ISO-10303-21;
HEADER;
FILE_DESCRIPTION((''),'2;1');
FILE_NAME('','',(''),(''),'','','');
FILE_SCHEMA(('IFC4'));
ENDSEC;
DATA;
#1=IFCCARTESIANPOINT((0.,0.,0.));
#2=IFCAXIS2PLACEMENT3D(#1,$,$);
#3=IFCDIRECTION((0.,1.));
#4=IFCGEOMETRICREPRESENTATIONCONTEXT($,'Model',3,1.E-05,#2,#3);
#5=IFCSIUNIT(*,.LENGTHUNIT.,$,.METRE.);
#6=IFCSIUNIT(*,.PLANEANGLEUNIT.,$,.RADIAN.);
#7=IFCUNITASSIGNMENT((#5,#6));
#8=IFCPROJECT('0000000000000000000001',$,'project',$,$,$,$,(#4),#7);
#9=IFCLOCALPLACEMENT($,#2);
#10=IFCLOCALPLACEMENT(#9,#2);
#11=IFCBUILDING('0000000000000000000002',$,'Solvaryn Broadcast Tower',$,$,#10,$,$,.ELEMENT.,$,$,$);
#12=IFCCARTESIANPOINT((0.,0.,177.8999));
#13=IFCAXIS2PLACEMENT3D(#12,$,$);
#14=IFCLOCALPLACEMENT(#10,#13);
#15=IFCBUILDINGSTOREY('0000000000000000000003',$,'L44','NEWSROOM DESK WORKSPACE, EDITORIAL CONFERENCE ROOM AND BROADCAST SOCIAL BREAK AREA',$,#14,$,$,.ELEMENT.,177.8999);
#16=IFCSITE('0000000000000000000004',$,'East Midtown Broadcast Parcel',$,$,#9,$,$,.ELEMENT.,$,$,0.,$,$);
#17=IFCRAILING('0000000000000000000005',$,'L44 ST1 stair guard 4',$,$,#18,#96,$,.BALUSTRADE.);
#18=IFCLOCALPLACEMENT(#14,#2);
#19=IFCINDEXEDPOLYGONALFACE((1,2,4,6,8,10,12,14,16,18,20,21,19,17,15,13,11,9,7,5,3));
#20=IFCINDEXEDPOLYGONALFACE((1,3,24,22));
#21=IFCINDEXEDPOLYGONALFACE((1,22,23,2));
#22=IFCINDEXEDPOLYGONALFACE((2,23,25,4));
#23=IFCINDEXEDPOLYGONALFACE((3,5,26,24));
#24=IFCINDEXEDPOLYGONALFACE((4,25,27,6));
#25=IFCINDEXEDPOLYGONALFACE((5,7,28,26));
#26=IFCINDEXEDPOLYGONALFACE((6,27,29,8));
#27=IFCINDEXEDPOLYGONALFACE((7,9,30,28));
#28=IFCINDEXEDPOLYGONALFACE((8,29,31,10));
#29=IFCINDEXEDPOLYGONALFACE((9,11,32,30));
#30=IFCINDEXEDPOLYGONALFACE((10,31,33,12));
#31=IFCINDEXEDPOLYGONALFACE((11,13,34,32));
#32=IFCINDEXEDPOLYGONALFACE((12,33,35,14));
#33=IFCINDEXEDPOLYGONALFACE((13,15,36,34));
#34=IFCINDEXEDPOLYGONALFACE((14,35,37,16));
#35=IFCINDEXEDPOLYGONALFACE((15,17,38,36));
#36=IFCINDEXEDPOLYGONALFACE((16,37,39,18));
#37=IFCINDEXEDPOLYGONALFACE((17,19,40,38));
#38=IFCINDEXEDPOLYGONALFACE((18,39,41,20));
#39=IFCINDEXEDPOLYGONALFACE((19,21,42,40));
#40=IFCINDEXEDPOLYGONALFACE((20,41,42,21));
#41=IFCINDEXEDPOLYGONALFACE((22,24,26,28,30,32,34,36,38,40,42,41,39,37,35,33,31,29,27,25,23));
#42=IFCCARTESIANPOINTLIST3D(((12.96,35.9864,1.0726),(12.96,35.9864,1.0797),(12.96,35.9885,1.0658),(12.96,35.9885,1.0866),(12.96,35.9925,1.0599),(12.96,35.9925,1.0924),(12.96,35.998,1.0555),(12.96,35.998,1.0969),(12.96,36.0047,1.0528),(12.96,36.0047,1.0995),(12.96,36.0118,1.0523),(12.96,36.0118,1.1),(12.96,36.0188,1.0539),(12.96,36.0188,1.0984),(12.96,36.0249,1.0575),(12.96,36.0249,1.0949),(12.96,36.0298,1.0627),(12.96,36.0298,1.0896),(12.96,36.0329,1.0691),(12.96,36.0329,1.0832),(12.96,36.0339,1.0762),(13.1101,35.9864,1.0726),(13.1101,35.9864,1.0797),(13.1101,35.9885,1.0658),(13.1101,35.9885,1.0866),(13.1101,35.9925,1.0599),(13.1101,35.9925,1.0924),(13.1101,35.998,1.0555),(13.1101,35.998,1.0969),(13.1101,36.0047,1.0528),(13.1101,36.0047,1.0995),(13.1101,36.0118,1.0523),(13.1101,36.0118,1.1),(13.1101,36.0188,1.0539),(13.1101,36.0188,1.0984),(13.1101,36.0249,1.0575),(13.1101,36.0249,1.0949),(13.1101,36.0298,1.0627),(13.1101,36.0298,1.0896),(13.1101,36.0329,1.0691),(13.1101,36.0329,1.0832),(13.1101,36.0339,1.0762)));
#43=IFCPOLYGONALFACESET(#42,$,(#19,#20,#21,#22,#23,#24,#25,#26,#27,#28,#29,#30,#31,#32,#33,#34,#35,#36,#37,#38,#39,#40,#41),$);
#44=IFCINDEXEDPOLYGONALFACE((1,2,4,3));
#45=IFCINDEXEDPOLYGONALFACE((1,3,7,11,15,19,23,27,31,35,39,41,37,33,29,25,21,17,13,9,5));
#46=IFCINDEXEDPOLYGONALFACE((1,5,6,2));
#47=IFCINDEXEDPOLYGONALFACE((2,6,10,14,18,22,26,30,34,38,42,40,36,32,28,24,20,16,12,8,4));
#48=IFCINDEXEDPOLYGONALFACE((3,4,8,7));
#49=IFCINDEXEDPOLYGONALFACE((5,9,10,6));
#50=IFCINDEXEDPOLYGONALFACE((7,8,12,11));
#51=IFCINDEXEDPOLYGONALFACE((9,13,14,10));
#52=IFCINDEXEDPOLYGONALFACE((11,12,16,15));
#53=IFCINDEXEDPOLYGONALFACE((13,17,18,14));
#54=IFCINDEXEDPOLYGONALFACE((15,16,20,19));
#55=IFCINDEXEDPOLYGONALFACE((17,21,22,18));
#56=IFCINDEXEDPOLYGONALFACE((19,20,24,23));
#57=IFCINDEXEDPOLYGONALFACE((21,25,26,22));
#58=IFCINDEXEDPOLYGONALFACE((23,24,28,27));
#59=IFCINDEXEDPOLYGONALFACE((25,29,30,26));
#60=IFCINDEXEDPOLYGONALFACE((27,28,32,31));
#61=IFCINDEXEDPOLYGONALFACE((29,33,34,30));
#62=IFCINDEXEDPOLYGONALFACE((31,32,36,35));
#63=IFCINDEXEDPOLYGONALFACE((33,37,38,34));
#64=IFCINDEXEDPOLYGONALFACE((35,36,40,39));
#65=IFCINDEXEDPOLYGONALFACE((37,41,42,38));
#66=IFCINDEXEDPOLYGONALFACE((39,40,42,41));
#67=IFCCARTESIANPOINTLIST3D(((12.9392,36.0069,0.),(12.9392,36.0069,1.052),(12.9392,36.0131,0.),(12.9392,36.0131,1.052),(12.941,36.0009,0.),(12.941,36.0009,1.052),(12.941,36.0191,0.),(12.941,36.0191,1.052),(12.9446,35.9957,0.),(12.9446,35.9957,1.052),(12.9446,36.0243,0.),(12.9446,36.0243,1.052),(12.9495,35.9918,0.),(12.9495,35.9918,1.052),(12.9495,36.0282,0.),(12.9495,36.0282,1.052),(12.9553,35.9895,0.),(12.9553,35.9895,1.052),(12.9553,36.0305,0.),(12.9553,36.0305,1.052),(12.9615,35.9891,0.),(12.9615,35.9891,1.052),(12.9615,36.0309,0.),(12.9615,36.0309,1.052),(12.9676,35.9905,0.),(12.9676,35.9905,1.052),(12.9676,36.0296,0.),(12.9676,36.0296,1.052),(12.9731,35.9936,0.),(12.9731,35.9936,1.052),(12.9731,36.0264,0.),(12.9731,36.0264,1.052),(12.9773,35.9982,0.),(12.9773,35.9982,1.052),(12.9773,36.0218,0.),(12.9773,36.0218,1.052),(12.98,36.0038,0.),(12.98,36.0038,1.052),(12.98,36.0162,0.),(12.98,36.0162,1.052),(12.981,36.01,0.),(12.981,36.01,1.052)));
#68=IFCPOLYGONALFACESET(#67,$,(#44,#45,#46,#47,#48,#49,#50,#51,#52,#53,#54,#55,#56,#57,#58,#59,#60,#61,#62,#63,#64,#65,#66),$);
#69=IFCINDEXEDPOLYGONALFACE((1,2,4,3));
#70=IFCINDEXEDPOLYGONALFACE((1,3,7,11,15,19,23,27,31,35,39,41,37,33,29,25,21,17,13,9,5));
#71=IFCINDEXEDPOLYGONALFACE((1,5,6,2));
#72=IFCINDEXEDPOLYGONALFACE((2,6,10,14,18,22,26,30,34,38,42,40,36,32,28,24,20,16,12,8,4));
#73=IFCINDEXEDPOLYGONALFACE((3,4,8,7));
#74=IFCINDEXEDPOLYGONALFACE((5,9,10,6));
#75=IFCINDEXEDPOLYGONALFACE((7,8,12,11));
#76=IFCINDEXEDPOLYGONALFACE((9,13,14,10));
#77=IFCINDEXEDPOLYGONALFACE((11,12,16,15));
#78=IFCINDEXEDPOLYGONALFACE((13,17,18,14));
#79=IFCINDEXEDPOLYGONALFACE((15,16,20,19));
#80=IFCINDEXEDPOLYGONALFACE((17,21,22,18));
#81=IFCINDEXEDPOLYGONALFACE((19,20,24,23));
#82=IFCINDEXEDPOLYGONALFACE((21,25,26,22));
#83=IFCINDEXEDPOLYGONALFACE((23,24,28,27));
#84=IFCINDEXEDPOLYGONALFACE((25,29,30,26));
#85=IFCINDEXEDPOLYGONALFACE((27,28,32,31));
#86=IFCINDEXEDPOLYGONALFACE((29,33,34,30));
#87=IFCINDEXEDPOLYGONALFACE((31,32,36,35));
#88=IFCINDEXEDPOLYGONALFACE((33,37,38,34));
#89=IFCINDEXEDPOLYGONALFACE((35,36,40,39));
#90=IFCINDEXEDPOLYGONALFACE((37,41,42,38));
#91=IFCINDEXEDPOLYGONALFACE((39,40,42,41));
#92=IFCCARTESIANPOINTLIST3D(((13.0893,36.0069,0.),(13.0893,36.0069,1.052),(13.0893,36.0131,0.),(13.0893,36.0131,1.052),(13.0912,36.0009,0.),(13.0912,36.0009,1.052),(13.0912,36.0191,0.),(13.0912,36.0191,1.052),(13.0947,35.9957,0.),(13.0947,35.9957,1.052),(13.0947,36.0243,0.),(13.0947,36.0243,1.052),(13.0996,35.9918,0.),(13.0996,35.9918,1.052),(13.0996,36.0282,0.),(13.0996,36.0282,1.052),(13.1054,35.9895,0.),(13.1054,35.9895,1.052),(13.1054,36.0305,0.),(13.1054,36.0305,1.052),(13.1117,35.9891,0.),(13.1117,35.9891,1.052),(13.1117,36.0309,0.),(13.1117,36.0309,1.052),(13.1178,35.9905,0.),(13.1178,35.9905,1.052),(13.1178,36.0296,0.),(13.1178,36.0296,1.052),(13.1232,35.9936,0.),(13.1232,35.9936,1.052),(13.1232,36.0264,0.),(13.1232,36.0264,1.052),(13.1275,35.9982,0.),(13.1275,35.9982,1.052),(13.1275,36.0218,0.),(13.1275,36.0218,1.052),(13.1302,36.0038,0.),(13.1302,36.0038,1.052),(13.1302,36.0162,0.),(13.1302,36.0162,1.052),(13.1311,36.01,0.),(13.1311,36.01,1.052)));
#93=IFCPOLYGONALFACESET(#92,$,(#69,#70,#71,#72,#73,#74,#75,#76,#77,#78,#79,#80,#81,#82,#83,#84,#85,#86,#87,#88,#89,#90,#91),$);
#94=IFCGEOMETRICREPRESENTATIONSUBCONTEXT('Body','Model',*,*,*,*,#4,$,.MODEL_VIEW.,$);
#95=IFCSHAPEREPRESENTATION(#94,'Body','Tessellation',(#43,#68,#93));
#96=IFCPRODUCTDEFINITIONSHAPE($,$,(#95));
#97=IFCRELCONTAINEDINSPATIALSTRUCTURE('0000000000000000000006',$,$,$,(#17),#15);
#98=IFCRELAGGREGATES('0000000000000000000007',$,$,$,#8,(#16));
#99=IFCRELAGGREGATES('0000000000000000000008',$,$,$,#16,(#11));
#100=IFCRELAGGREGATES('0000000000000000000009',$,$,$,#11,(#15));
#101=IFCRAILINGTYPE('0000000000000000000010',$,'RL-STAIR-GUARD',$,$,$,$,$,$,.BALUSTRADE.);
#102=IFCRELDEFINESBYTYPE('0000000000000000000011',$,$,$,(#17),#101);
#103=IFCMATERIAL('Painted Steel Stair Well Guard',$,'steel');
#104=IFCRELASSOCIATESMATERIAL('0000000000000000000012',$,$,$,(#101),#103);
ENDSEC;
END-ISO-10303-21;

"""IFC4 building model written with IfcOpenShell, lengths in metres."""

from ifc_helpers import new_model, si_unit, direction, frame, origin, origin_2d, place, context, subcontext, project, spatial, circle, extrude, material, type_object, element, save


model = new_model("IFC4")

# Units and contexts
model_context = context("Model", 3, precision=1e-05, world=origin(), true_north=direction((0.0, 1.0)))
body_context = subcontext(model_context, "Body", "Model", "MODEL_VIEW")
ifc_project = project(units=[si_unit("LENGTHUNIT", "METRE"), si_unit("PLANEANGLEUNIT", "RADIAN")], contexts=[model_context])

# Site, building, storey
site_placement = place(None, origin())
site = spatial("IfcSite", under=ifc_project, at=site_placement, Name="East Midtown Broadcast Parcel", CompositionType="ELEMENT", RefElevation=0.0)
building_placement = place(site_placement, origin())
building = spatial("IfcBuilding", under=site, at=building_placement, Name="Solvaryn Broadcast Tower", CompositionType="ELEMENT")
storey_placement = place(building_placement, frame((0.0, 0.0, 177.8999)))
storey = spatial("IfcBuildingStorey", under=building, at=storey_placement, Name="L44", Description="NEWSROOM DESK WORKSPACE, EDITORIAL CONFERENCE ROOM AND BROADCAST SOCIAL BREAK AREA", CompositionType="ELEMENT", Elevation=177.8999)

# Railing
ifc_material_1 = material(Name="Painted Steel Stair Well Guard", Category="steel")
railing_type_1 = type_object("IfcRailingType", Name="RL-STAIR-GUARD", PredefinedType="BALUSTRADE", material=ifc_material_1)
railing_1_placement = place(storey_placement, frame((12.96, 36.01, 0.0)))
element("IfcRailing", 1, at=railing_1_placement, inside=storey, type_object=railing_type_1, Name="L44 ST1 stair guard 4", PredefinedType="BALUSTRADE", context=body_context, shape_type="SweptSolid", body=[
    extrude(circle(Radius=0.0239, at=origin_2d()), frame((0.0, 0.0, 1.0762), z_axis=(1.0, 0.0, 0.0), x_axis=(0.0, 1.0, 0.0)), (0.0, 0.0, 1.0), 0.1501),
    extrude(circle(Radius=0.021, at=origin_2d()), origin(), (0.0, 0.0, 1.0), 1.052),
    extrude(circle(Radius=0.021, at=origin_2d()), frame((0.1501, 0.0, 0.0)), (0.0, 0.0, 1.0), 1.052),
])

save(model, "model.ifc")
